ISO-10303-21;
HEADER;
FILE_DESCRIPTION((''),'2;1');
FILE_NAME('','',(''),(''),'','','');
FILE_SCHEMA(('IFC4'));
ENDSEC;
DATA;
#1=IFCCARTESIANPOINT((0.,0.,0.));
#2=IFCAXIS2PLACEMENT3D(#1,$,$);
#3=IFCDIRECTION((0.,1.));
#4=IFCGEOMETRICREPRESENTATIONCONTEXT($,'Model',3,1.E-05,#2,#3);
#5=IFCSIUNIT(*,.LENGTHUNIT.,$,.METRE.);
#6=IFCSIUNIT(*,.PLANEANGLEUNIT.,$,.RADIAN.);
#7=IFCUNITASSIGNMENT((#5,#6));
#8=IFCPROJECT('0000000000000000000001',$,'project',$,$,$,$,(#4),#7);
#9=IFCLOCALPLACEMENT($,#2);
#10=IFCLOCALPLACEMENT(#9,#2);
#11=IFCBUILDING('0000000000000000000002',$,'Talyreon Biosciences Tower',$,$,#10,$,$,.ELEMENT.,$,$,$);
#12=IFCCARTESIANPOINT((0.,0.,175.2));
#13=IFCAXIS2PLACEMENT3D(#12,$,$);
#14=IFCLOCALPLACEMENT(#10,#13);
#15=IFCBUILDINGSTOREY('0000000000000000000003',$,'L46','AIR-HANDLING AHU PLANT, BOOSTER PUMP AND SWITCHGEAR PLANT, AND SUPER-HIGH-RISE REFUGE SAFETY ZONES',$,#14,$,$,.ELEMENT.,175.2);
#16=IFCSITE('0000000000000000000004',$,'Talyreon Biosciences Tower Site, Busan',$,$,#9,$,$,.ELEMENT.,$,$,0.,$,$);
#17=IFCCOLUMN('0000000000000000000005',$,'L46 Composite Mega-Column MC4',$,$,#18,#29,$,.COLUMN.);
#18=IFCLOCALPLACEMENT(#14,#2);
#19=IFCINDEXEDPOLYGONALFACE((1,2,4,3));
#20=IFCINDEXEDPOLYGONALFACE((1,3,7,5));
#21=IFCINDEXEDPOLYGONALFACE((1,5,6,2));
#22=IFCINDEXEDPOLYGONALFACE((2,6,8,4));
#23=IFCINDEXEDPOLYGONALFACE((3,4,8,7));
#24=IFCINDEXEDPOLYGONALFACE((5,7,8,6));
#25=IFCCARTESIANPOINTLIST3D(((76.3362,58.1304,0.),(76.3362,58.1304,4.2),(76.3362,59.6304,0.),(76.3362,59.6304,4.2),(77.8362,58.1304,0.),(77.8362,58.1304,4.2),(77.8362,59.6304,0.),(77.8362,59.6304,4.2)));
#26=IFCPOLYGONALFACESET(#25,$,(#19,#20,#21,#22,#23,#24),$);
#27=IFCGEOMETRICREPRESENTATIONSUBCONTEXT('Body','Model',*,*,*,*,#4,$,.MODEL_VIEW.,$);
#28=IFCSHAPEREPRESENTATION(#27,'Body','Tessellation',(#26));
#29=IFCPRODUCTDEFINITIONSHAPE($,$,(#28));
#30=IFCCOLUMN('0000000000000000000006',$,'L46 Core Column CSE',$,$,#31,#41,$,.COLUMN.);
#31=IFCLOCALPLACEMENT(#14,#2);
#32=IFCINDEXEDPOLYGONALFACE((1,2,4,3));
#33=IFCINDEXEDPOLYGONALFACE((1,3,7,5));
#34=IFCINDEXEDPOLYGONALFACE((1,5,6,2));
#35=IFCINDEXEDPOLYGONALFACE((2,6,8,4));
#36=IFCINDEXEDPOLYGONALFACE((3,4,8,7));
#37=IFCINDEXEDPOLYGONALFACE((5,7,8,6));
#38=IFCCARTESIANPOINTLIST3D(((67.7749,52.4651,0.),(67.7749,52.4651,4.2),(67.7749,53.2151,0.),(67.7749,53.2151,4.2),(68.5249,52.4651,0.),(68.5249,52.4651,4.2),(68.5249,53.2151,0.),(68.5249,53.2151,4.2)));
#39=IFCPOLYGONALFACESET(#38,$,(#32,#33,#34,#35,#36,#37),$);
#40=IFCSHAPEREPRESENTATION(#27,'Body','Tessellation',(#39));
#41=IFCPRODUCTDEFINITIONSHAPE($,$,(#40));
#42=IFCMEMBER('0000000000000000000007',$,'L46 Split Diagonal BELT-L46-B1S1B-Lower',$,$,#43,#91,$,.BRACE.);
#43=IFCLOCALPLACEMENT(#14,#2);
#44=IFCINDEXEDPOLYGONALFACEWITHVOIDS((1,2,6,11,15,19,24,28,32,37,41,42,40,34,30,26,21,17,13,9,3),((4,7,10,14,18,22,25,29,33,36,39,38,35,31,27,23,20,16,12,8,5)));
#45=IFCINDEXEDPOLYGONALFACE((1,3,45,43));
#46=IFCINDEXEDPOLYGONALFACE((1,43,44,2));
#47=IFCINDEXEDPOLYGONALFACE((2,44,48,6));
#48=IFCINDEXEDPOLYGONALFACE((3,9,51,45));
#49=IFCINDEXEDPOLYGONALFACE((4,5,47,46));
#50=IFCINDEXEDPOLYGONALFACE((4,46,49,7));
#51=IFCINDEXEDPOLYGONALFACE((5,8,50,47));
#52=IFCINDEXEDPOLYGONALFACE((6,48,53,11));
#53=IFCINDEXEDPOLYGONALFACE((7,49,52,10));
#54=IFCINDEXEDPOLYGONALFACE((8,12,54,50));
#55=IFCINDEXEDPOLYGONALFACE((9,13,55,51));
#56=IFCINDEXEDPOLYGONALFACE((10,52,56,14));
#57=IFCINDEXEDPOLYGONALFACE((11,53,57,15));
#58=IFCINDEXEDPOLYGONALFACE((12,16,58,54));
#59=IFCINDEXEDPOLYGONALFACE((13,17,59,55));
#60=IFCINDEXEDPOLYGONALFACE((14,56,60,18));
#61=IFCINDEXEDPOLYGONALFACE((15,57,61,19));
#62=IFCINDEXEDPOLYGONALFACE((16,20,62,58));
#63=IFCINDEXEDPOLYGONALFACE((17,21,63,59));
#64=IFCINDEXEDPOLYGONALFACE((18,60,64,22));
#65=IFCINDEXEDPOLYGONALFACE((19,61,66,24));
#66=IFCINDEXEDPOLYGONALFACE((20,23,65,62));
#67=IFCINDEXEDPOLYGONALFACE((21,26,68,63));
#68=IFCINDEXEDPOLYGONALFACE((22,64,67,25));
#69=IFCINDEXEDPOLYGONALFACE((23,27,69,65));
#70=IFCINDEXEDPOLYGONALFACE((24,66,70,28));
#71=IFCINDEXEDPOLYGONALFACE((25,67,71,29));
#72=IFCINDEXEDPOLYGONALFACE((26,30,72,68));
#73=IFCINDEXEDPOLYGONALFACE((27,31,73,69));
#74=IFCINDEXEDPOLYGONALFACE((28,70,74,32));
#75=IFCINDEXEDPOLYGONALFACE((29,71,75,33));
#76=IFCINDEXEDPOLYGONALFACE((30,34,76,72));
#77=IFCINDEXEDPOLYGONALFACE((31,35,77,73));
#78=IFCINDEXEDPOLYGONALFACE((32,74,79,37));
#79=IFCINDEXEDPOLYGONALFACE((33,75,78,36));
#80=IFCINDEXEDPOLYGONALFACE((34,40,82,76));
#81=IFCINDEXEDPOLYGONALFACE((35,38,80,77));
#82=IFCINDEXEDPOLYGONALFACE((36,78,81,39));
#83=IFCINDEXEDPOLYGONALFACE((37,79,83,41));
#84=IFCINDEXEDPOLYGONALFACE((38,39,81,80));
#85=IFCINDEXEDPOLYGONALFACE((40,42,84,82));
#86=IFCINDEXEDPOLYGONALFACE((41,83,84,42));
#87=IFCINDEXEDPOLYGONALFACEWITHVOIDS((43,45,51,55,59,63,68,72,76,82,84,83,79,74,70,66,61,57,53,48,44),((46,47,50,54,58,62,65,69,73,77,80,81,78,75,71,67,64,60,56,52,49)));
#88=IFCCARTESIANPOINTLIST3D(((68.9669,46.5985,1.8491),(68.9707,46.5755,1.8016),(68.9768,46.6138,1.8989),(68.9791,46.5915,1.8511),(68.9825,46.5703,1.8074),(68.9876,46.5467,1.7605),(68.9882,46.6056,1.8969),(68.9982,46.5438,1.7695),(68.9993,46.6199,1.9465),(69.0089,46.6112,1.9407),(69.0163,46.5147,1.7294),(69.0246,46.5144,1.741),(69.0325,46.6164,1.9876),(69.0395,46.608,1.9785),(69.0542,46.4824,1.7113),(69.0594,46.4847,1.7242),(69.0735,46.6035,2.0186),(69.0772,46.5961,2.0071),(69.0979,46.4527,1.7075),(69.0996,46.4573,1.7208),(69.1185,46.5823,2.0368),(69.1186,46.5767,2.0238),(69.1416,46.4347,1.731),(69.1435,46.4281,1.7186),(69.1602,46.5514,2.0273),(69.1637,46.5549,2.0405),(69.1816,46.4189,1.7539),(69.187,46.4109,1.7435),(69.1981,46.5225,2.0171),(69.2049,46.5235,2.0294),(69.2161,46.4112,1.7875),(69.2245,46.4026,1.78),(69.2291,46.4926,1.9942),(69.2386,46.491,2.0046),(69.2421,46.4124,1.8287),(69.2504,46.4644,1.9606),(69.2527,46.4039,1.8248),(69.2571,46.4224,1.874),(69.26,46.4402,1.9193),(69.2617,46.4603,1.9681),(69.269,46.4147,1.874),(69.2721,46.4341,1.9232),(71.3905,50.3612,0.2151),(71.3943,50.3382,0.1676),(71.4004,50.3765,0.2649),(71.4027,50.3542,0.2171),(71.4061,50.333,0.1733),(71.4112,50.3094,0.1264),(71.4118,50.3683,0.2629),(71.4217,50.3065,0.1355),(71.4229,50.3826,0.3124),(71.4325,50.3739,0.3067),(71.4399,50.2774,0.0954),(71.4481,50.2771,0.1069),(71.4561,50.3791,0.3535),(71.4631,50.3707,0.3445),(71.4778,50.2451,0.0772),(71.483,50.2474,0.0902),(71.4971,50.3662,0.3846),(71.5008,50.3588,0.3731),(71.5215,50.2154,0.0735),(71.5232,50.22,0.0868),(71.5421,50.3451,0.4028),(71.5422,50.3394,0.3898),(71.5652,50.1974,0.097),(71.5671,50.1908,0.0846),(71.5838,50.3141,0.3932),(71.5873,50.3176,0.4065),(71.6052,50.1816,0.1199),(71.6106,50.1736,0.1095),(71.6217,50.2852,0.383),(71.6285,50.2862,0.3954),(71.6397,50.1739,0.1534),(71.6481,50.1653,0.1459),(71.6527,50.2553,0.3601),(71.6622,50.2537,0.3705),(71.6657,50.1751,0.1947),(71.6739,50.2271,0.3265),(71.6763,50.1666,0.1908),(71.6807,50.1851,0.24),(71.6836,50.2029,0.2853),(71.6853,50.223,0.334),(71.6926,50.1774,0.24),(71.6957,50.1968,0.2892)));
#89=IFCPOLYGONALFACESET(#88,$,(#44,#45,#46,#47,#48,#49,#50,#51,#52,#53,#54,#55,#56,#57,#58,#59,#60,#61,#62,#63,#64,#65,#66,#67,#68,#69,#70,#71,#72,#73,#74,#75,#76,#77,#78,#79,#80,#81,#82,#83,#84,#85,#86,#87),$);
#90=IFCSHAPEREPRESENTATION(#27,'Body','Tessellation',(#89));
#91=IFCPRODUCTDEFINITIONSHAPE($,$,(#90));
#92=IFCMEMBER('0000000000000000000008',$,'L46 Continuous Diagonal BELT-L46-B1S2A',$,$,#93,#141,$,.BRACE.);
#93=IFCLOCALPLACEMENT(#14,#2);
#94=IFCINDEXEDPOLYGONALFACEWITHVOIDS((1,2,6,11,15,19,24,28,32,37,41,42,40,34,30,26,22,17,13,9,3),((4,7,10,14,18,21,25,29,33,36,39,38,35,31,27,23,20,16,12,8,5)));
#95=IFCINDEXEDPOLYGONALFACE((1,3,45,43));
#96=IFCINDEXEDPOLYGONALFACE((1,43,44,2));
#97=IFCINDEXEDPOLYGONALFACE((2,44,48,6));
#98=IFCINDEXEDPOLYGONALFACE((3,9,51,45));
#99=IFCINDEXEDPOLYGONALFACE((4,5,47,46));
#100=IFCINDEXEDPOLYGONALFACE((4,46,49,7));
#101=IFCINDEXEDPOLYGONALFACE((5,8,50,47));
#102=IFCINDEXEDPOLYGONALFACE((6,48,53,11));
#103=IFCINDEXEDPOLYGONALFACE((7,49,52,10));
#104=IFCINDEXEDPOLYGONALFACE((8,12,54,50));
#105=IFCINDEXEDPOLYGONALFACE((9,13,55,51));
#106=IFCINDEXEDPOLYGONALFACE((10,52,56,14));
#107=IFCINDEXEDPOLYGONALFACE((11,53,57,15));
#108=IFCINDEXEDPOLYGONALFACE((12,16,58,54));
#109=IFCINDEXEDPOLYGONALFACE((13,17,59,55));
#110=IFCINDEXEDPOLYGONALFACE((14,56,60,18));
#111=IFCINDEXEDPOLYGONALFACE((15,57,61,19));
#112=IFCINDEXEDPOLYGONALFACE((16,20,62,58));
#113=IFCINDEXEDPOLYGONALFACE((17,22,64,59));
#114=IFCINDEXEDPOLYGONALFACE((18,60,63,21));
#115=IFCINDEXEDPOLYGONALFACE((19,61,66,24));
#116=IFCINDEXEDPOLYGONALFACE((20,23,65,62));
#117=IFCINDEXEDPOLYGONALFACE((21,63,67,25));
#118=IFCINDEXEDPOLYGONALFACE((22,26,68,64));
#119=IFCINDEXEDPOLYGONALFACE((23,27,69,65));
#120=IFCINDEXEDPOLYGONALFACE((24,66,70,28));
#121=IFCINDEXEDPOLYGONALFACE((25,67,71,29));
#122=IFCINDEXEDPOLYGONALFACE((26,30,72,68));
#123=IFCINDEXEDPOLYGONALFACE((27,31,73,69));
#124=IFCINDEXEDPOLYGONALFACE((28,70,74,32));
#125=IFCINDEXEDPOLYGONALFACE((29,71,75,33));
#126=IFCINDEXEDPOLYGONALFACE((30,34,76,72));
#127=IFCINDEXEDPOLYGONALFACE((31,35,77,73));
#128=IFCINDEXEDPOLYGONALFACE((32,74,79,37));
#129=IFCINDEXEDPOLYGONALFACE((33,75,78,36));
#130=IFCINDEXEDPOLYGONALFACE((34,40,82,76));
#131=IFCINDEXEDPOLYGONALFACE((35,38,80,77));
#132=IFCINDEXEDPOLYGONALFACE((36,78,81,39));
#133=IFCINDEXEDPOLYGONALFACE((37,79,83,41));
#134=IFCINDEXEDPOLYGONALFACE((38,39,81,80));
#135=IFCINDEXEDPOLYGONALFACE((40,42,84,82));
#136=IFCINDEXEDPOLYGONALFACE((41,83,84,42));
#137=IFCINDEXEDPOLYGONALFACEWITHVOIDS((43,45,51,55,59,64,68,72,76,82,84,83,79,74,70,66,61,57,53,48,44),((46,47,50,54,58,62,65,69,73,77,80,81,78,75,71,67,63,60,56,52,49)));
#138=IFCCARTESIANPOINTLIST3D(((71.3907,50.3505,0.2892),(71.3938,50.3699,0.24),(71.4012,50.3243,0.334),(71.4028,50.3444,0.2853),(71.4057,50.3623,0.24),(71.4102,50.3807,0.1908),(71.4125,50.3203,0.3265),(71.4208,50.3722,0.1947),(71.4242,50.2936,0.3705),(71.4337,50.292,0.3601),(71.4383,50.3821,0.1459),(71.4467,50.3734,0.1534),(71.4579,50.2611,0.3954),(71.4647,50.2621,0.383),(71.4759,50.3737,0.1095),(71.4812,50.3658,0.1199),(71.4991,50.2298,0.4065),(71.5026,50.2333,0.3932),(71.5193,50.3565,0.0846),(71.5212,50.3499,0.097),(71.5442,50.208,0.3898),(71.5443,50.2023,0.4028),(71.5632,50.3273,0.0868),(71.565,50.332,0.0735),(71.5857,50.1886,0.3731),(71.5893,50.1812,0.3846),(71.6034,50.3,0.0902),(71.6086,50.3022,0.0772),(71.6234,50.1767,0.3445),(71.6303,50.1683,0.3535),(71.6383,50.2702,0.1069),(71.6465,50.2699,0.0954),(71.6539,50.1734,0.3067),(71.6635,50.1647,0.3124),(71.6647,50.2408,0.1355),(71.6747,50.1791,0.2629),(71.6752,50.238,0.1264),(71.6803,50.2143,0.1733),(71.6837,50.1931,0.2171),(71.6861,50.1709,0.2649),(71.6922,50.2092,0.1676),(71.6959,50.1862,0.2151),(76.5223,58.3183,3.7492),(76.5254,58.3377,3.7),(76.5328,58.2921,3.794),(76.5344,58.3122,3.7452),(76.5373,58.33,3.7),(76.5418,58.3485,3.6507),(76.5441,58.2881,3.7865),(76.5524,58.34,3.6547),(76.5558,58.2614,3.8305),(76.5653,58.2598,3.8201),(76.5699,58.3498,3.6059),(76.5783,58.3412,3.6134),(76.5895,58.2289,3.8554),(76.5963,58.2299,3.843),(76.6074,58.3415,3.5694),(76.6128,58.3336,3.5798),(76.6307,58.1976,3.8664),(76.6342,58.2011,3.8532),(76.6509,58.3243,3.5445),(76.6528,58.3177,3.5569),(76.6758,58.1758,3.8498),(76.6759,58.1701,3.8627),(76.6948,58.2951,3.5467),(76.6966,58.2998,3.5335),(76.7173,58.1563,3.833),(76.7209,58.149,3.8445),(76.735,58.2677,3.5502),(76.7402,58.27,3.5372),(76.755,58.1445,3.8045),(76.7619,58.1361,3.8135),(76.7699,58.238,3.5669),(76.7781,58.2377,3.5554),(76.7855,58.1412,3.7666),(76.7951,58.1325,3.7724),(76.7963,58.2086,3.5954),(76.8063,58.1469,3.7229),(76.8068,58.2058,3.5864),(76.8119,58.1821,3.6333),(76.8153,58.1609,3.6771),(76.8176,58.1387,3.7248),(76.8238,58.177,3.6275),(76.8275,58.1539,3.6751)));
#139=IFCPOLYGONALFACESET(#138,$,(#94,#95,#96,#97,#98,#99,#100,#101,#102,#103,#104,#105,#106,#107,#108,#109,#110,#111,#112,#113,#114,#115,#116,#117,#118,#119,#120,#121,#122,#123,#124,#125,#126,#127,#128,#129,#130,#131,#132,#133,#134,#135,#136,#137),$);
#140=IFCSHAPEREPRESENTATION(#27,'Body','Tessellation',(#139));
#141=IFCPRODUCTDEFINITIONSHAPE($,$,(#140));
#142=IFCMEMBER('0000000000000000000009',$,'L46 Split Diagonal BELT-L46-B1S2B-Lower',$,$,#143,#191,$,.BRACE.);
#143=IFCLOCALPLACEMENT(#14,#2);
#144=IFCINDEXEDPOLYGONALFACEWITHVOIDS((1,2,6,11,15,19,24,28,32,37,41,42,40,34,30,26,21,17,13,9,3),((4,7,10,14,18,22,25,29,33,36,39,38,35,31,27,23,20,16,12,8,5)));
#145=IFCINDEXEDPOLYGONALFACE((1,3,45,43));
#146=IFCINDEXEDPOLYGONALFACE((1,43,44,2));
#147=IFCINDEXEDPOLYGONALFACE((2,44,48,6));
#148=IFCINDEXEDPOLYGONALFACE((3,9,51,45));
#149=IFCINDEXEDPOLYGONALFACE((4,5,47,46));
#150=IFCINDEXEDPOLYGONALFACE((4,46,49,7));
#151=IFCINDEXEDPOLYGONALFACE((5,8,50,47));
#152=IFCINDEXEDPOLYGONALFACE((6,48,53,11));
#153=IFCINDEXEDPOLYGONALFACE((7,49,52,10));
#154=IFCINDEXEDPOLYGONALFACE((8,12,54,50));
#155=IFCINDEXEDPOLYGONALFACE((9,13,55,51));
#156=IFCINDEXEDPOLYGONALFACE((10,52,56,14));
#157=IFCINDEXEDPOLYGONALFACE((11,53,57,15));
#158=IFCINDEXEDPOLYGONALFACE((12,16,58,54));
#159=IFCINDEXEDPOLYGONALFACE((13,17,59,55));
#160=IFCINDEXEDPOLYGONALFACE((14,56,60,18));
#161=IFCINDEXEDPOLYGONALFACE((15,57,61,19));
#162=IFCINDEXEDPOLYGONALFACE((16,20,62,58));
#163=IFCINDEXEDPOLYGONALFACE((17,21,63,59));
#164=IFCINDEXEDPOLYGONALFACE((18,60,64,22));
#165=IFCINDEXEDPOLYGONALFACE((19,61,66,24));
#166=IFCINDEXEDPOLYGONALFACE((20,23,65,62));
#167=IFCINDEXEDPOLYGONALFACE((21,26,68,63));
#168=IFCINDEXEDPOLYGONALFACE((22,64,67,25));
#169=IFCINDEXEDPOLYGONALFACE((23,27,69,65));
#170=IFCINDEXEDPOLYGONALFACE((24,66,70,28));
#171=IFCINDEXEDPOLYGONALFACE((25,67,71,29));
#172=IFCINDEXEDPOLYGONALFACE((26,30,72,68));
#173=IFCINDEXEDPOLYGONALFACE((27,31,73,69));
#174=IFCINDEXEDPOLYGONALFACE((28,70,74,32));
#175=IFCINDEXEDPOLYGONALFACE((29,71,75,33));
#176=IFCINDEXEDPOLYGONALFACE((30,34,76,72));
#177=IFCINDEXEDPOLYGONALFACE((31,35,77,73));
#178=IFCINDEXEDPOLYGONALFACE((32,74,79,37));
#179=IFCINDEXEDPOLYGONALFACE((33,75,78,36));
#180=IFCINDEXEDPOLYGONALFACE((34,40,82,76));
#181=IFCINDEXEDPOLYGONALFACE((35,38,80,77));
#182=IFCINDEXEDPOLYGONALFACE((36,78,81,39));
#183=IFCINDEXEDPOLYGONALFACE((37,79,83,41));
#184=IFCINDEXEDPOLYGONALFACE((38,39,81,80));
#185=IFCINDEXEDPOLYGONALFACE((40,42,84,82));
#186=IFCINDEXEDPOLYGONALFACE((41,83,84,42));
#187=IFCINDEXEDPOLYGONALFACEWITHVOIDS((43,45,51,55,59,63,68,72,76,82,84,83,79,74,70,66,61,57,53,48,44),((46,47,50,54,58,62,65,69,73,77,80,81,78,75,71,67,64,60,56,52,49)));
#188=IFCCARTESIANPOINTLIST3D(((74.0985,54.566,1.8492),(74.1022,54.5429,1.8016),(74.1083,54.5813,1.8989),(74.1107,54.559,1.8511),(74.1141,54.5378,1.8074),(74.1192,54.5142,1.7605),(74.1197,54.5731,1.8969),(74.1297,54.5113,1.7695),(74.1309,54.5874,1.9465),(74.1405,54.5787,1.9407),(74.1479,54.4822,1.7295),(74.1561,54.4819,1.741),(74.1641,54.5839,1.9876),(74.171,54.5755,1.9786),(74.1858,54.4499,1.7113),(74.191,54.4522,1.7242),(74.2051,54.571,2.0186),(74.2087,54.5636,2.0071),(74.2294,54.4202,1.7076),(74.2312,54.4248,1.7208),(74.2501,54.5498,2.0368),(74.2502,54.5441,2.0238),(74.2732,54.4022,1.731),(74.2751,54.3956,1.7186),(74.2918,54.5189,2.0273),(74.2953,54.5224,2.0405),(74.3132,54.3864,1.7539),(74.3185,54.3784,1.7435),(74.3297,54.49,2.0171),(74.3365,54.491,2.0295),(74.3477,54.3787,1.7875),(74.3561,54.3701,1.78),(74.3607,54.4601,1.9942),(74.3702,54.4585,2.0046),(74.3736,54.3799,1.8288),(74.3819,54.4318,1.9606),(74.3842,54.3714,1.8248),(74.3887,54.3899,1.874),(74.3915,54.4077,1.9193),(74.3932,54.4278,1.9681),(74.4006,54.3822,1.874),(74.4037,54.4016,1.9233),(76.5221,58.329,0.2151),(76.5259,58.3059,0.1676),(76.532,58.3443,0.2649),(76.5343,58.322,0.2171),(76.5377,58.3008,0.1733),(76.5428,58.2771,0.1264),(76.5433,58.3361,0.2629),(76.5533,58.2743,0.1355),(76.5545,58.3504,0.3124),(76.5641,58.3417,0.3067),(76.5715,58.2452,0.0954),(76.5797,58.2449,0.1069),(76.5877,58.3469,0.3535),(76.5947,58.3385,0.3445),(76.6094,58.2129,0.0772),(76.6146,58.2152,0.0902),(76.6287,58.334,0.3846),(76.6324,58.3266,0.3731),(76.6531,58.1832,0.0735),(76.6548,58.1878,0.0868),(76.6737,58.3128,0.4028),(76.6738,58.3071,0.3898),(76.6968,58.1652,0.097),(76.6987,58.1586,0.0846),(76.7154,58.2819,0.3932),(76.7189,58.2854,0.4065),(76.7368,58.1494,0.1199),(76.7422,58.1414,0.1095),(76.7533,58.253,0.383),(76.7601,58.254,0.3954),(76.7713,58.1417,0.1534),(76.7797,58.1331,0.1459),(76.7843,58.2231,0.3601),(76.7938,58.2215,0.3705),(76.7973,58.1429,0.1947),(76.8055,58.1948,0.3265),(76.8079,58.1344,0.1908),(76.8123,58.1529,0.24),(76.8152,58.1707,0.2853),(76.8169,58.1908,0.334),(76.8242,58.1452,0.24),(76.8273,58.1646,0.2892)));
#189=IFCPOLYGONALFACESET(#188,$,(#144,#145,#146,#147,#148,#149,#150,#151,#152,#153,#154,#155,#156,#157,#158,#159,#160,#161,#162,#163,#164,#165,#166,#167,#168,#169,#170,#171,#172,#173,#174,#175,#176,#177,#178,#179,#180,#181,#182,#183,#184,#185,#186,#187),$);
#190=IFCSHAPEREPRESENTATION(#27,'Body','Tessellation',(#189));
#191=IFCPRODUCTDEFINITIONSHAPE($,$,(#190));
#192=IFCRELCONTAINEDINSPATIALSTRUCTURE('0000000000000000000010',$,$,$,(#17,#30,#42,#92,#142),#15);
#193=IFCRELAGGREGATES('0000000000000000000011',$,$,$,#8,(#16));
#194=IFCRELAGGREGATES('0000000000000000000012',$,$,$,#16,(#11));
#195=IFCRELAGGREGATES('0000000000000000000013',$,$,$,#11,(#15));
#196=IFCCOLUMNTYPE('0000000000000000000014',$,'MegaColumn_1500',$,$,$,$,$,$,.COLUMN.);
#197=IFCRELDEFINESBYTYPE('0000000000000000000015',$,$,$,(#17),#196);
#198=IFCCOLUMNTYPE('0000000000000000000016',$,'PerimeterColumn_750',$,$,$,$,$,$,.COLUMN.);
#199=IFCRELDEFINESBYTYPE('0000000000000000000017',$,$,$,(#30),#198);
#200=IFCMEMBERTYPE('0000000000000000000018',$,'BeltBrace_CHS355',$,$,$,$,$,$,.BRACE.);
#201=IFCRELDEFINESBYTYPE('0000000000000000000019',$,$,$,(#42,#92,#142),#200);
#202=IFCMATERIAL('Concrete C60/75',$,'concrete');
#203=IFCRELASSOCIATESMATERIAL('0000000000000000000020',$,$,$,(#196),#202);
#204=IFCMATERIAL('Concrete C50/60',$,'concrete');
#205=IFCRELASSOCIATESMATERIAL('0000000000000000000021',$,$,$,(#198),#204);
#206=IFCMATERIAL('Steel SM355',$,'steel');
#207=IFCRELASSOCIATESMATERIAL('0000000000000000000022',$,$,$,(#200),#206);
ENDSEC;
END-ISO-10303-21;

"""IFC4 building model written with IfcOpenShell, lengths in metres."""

from ifc_helpers import new_model, si_unit, direction, frame, origin, origin_2d, place, context, subcontext, project, spatial, rectangle, hollow_circle, extrude, material, material_profile, profile_set, type_object, element, save


model = new_model("IFC4")

# Units and contexts
model_context = context("Model", 3, precision=1e-05, world=origin(), true_north=direction((0.0, 1.0)))
body_context = subcontext(model_context, "Body", "Model", "MODEL_VIEW")
ifc_project = project(units=[si_unit("LENGTHUNIT", "METRE"), si_unit("PLANEANGLEUNIT", "RADIAN")], contexts=[model_context])

# Site, building, storey
site_placement = place(None, origin())
site = spatial("IfcSite", under=ifc_project, at=site_placement, Name="Talyreon Biosciences Tower Site, Busan", CompositionType="ELEMENT", RefElevation=0.0)
building_placement = place(site_placement, origin())
building = spatial("IfcBuilding", under=site, at=building_placement, Name="Talyreon Biosciences Tower", CompositionType="ELEMENT")
storey_placement = place(building_placement, frame((0.0, 0.0, 175.2)))
storey = spatial("IfcBuildingStorey", under=building, at=storey_placement, Name="L46", Description="AIR-HANDLING AHU PLANT, BOOSTER PUMP AND SWITCHGEAR PLANT, AND SUPER-HIGH-RISE REFUGE SAFETY ZONES", CompositionType="ELEMENT", Elevation=175.2)

# Columns
ifc_material_1 = material(Name="Concrete C60/75", Category="concrete")
ifc_material_profile_1 = material_profile(ifc_material_1, rectangle(XDim=1.5, YDim=1.5, at=origin_2d()), Name="RC 1500x1500")
ifc_profile_set_1 = profile_set([ifc_material_profile_1], Name="Concrete C60/75")
column_type_1 = type_object("IfcColumnType", Name="MegaColumn_1500", PredefinedType="COLUMN", material=ifc_profile_set_1)
column_1_placement = place(storey_placement, frame((77.0862, 58.8804, 0.0), z_axis=(0.0, 0.0, 1.0), x_axis=(1.0, 0.0, 0.0)))
element("IfcColumn", 1, at=column_1_placement, inside=storey, type_object=column_type_1, Name="L46 Composite Mega-Column MC4", PredefinedType="COLUMN", context=body_context, shape_type="SweptSolid", body=[
    extrude(rectangle(XDim=1.5, YDim=1.5, at=origin_2d()), origin(), (0.0, 0.0, 1.0), 4.2),
])
ifc_material_2 = material(Name="Concrete C50/60", Category="concrete")
ifc_material_profile_2 = material_profile(ifc_material_2, rectangle(XDim=0.75, YDim=0.75, at=origin_2d()), Name="RC 750x750")
ifc_profile_set_2 = profile_set([ifc_material_profile_2], Name="Concrete C50/60")
column_type_2 = type_object("IfcColumnType", Name="PerimeterColumn_750", PredefinedType="COLUMN", material=ifc_profile_set_2)
column_2_placement = place(storey_placement, frame((68.1499, 52.8401, 0.0), z_axis=(0.0, 0.0, 1.0), x_axis=(1.0, 0.0, 0.0)))
element("IfcColumn", 2, at=column_2_placement, inside=storey, type_object=column_type_2, Name="L46 Core Column CSE", PredefinedType="COLUMN", context=body_context, shape_type="SweptSolid", body=[
    extrude(rectangle(XDim=0.75, YDim=0.75, at=origin_2d()), origin(), (0.0, 0.0, 1.0), 4.2),
])

# Members
ifc_material_3 = material(Name="Steel SM355", Category="steel")
ifc_material_profile_3 = material_profile(ifc_material_3, hollow_circle(Radius=0.1777, WallThickness=0.0142, at=origin_2d()), Name="CHS 355.6x14.2")
ifc_profile_set_3 = profile_set([ifc_material_profile_3], Name="Steel SM355")
member_type_1 = type_object("IfcMemberType", Name="BeltBrace_CHS355", PredefinedType="BRACE", material=ifc_profile_set_3)
member_1_placement = place(storey_placement, frame((71.5432, 50.2737, 0.24), z_axis=(-0.508662, -0.789714, 0.342951), x_axis=(0.8407, -0.541502, 0.0)))
element("IfcMember", 3, at=member_1_placement, inside=storey, type_object=member_type_1, Name="L46 Split Diagonal BELT-L46-B1S1B-Lower", PredefinedType="BRACE", context=body_context, shape_type="SweptSolid", body=[
    extrude(hollow_circle(Radius=0.1777, WallThickness=0.0142, at=origin_2d()), origin(), (0.0, 0.0, 1.0), 4.7646),
])
member_2_placement = place(storey_placement, frame((71.5432, 50.2737, 0.24), z_axis=(0.508627, 0.789741, 0.34294), x_axis=(-0.840725, 0.541463, 0.0)))
element("IfcMember", 4, at=member_2_placement, inside=storey, type_object=member_type_1, Name="L46 Continuous Diagonal BELT-L46-B1S2A", PredefinedType="BRACE", context=body_context, shape_type="SweptSolid", body=[
    extrude(hollow_circle(Radius=0.1777, WallThickness=0.0142, at=origin_2d()), origin(), (0.0, 0.0, 1.0), 10.0891),
])
member_3_placement = place(storey_placement, frame((76.6748, 58.2415, 0.24), z_axis=(-0.508641, -0.789733, 0.342937), x_axis=(0.840716, -0.541477, 0.0)))
element("IfcMember", 5, at=member_3_placement, inside=storey, type_object=member_type_1, Name="L46 Split Diagonal BELT-L46-B1S2B-Lower", PredefinedType="BRACE", context=body_context, shape_type="SweptSolid", body=[
    extrude(hollow_circle(Radius=0.1777, WallThickness=0.0142, at=origin_2d()), origin(), (0.0, 0.0, 1.0), 4.7649),
])

save(model, "model.ifc")
